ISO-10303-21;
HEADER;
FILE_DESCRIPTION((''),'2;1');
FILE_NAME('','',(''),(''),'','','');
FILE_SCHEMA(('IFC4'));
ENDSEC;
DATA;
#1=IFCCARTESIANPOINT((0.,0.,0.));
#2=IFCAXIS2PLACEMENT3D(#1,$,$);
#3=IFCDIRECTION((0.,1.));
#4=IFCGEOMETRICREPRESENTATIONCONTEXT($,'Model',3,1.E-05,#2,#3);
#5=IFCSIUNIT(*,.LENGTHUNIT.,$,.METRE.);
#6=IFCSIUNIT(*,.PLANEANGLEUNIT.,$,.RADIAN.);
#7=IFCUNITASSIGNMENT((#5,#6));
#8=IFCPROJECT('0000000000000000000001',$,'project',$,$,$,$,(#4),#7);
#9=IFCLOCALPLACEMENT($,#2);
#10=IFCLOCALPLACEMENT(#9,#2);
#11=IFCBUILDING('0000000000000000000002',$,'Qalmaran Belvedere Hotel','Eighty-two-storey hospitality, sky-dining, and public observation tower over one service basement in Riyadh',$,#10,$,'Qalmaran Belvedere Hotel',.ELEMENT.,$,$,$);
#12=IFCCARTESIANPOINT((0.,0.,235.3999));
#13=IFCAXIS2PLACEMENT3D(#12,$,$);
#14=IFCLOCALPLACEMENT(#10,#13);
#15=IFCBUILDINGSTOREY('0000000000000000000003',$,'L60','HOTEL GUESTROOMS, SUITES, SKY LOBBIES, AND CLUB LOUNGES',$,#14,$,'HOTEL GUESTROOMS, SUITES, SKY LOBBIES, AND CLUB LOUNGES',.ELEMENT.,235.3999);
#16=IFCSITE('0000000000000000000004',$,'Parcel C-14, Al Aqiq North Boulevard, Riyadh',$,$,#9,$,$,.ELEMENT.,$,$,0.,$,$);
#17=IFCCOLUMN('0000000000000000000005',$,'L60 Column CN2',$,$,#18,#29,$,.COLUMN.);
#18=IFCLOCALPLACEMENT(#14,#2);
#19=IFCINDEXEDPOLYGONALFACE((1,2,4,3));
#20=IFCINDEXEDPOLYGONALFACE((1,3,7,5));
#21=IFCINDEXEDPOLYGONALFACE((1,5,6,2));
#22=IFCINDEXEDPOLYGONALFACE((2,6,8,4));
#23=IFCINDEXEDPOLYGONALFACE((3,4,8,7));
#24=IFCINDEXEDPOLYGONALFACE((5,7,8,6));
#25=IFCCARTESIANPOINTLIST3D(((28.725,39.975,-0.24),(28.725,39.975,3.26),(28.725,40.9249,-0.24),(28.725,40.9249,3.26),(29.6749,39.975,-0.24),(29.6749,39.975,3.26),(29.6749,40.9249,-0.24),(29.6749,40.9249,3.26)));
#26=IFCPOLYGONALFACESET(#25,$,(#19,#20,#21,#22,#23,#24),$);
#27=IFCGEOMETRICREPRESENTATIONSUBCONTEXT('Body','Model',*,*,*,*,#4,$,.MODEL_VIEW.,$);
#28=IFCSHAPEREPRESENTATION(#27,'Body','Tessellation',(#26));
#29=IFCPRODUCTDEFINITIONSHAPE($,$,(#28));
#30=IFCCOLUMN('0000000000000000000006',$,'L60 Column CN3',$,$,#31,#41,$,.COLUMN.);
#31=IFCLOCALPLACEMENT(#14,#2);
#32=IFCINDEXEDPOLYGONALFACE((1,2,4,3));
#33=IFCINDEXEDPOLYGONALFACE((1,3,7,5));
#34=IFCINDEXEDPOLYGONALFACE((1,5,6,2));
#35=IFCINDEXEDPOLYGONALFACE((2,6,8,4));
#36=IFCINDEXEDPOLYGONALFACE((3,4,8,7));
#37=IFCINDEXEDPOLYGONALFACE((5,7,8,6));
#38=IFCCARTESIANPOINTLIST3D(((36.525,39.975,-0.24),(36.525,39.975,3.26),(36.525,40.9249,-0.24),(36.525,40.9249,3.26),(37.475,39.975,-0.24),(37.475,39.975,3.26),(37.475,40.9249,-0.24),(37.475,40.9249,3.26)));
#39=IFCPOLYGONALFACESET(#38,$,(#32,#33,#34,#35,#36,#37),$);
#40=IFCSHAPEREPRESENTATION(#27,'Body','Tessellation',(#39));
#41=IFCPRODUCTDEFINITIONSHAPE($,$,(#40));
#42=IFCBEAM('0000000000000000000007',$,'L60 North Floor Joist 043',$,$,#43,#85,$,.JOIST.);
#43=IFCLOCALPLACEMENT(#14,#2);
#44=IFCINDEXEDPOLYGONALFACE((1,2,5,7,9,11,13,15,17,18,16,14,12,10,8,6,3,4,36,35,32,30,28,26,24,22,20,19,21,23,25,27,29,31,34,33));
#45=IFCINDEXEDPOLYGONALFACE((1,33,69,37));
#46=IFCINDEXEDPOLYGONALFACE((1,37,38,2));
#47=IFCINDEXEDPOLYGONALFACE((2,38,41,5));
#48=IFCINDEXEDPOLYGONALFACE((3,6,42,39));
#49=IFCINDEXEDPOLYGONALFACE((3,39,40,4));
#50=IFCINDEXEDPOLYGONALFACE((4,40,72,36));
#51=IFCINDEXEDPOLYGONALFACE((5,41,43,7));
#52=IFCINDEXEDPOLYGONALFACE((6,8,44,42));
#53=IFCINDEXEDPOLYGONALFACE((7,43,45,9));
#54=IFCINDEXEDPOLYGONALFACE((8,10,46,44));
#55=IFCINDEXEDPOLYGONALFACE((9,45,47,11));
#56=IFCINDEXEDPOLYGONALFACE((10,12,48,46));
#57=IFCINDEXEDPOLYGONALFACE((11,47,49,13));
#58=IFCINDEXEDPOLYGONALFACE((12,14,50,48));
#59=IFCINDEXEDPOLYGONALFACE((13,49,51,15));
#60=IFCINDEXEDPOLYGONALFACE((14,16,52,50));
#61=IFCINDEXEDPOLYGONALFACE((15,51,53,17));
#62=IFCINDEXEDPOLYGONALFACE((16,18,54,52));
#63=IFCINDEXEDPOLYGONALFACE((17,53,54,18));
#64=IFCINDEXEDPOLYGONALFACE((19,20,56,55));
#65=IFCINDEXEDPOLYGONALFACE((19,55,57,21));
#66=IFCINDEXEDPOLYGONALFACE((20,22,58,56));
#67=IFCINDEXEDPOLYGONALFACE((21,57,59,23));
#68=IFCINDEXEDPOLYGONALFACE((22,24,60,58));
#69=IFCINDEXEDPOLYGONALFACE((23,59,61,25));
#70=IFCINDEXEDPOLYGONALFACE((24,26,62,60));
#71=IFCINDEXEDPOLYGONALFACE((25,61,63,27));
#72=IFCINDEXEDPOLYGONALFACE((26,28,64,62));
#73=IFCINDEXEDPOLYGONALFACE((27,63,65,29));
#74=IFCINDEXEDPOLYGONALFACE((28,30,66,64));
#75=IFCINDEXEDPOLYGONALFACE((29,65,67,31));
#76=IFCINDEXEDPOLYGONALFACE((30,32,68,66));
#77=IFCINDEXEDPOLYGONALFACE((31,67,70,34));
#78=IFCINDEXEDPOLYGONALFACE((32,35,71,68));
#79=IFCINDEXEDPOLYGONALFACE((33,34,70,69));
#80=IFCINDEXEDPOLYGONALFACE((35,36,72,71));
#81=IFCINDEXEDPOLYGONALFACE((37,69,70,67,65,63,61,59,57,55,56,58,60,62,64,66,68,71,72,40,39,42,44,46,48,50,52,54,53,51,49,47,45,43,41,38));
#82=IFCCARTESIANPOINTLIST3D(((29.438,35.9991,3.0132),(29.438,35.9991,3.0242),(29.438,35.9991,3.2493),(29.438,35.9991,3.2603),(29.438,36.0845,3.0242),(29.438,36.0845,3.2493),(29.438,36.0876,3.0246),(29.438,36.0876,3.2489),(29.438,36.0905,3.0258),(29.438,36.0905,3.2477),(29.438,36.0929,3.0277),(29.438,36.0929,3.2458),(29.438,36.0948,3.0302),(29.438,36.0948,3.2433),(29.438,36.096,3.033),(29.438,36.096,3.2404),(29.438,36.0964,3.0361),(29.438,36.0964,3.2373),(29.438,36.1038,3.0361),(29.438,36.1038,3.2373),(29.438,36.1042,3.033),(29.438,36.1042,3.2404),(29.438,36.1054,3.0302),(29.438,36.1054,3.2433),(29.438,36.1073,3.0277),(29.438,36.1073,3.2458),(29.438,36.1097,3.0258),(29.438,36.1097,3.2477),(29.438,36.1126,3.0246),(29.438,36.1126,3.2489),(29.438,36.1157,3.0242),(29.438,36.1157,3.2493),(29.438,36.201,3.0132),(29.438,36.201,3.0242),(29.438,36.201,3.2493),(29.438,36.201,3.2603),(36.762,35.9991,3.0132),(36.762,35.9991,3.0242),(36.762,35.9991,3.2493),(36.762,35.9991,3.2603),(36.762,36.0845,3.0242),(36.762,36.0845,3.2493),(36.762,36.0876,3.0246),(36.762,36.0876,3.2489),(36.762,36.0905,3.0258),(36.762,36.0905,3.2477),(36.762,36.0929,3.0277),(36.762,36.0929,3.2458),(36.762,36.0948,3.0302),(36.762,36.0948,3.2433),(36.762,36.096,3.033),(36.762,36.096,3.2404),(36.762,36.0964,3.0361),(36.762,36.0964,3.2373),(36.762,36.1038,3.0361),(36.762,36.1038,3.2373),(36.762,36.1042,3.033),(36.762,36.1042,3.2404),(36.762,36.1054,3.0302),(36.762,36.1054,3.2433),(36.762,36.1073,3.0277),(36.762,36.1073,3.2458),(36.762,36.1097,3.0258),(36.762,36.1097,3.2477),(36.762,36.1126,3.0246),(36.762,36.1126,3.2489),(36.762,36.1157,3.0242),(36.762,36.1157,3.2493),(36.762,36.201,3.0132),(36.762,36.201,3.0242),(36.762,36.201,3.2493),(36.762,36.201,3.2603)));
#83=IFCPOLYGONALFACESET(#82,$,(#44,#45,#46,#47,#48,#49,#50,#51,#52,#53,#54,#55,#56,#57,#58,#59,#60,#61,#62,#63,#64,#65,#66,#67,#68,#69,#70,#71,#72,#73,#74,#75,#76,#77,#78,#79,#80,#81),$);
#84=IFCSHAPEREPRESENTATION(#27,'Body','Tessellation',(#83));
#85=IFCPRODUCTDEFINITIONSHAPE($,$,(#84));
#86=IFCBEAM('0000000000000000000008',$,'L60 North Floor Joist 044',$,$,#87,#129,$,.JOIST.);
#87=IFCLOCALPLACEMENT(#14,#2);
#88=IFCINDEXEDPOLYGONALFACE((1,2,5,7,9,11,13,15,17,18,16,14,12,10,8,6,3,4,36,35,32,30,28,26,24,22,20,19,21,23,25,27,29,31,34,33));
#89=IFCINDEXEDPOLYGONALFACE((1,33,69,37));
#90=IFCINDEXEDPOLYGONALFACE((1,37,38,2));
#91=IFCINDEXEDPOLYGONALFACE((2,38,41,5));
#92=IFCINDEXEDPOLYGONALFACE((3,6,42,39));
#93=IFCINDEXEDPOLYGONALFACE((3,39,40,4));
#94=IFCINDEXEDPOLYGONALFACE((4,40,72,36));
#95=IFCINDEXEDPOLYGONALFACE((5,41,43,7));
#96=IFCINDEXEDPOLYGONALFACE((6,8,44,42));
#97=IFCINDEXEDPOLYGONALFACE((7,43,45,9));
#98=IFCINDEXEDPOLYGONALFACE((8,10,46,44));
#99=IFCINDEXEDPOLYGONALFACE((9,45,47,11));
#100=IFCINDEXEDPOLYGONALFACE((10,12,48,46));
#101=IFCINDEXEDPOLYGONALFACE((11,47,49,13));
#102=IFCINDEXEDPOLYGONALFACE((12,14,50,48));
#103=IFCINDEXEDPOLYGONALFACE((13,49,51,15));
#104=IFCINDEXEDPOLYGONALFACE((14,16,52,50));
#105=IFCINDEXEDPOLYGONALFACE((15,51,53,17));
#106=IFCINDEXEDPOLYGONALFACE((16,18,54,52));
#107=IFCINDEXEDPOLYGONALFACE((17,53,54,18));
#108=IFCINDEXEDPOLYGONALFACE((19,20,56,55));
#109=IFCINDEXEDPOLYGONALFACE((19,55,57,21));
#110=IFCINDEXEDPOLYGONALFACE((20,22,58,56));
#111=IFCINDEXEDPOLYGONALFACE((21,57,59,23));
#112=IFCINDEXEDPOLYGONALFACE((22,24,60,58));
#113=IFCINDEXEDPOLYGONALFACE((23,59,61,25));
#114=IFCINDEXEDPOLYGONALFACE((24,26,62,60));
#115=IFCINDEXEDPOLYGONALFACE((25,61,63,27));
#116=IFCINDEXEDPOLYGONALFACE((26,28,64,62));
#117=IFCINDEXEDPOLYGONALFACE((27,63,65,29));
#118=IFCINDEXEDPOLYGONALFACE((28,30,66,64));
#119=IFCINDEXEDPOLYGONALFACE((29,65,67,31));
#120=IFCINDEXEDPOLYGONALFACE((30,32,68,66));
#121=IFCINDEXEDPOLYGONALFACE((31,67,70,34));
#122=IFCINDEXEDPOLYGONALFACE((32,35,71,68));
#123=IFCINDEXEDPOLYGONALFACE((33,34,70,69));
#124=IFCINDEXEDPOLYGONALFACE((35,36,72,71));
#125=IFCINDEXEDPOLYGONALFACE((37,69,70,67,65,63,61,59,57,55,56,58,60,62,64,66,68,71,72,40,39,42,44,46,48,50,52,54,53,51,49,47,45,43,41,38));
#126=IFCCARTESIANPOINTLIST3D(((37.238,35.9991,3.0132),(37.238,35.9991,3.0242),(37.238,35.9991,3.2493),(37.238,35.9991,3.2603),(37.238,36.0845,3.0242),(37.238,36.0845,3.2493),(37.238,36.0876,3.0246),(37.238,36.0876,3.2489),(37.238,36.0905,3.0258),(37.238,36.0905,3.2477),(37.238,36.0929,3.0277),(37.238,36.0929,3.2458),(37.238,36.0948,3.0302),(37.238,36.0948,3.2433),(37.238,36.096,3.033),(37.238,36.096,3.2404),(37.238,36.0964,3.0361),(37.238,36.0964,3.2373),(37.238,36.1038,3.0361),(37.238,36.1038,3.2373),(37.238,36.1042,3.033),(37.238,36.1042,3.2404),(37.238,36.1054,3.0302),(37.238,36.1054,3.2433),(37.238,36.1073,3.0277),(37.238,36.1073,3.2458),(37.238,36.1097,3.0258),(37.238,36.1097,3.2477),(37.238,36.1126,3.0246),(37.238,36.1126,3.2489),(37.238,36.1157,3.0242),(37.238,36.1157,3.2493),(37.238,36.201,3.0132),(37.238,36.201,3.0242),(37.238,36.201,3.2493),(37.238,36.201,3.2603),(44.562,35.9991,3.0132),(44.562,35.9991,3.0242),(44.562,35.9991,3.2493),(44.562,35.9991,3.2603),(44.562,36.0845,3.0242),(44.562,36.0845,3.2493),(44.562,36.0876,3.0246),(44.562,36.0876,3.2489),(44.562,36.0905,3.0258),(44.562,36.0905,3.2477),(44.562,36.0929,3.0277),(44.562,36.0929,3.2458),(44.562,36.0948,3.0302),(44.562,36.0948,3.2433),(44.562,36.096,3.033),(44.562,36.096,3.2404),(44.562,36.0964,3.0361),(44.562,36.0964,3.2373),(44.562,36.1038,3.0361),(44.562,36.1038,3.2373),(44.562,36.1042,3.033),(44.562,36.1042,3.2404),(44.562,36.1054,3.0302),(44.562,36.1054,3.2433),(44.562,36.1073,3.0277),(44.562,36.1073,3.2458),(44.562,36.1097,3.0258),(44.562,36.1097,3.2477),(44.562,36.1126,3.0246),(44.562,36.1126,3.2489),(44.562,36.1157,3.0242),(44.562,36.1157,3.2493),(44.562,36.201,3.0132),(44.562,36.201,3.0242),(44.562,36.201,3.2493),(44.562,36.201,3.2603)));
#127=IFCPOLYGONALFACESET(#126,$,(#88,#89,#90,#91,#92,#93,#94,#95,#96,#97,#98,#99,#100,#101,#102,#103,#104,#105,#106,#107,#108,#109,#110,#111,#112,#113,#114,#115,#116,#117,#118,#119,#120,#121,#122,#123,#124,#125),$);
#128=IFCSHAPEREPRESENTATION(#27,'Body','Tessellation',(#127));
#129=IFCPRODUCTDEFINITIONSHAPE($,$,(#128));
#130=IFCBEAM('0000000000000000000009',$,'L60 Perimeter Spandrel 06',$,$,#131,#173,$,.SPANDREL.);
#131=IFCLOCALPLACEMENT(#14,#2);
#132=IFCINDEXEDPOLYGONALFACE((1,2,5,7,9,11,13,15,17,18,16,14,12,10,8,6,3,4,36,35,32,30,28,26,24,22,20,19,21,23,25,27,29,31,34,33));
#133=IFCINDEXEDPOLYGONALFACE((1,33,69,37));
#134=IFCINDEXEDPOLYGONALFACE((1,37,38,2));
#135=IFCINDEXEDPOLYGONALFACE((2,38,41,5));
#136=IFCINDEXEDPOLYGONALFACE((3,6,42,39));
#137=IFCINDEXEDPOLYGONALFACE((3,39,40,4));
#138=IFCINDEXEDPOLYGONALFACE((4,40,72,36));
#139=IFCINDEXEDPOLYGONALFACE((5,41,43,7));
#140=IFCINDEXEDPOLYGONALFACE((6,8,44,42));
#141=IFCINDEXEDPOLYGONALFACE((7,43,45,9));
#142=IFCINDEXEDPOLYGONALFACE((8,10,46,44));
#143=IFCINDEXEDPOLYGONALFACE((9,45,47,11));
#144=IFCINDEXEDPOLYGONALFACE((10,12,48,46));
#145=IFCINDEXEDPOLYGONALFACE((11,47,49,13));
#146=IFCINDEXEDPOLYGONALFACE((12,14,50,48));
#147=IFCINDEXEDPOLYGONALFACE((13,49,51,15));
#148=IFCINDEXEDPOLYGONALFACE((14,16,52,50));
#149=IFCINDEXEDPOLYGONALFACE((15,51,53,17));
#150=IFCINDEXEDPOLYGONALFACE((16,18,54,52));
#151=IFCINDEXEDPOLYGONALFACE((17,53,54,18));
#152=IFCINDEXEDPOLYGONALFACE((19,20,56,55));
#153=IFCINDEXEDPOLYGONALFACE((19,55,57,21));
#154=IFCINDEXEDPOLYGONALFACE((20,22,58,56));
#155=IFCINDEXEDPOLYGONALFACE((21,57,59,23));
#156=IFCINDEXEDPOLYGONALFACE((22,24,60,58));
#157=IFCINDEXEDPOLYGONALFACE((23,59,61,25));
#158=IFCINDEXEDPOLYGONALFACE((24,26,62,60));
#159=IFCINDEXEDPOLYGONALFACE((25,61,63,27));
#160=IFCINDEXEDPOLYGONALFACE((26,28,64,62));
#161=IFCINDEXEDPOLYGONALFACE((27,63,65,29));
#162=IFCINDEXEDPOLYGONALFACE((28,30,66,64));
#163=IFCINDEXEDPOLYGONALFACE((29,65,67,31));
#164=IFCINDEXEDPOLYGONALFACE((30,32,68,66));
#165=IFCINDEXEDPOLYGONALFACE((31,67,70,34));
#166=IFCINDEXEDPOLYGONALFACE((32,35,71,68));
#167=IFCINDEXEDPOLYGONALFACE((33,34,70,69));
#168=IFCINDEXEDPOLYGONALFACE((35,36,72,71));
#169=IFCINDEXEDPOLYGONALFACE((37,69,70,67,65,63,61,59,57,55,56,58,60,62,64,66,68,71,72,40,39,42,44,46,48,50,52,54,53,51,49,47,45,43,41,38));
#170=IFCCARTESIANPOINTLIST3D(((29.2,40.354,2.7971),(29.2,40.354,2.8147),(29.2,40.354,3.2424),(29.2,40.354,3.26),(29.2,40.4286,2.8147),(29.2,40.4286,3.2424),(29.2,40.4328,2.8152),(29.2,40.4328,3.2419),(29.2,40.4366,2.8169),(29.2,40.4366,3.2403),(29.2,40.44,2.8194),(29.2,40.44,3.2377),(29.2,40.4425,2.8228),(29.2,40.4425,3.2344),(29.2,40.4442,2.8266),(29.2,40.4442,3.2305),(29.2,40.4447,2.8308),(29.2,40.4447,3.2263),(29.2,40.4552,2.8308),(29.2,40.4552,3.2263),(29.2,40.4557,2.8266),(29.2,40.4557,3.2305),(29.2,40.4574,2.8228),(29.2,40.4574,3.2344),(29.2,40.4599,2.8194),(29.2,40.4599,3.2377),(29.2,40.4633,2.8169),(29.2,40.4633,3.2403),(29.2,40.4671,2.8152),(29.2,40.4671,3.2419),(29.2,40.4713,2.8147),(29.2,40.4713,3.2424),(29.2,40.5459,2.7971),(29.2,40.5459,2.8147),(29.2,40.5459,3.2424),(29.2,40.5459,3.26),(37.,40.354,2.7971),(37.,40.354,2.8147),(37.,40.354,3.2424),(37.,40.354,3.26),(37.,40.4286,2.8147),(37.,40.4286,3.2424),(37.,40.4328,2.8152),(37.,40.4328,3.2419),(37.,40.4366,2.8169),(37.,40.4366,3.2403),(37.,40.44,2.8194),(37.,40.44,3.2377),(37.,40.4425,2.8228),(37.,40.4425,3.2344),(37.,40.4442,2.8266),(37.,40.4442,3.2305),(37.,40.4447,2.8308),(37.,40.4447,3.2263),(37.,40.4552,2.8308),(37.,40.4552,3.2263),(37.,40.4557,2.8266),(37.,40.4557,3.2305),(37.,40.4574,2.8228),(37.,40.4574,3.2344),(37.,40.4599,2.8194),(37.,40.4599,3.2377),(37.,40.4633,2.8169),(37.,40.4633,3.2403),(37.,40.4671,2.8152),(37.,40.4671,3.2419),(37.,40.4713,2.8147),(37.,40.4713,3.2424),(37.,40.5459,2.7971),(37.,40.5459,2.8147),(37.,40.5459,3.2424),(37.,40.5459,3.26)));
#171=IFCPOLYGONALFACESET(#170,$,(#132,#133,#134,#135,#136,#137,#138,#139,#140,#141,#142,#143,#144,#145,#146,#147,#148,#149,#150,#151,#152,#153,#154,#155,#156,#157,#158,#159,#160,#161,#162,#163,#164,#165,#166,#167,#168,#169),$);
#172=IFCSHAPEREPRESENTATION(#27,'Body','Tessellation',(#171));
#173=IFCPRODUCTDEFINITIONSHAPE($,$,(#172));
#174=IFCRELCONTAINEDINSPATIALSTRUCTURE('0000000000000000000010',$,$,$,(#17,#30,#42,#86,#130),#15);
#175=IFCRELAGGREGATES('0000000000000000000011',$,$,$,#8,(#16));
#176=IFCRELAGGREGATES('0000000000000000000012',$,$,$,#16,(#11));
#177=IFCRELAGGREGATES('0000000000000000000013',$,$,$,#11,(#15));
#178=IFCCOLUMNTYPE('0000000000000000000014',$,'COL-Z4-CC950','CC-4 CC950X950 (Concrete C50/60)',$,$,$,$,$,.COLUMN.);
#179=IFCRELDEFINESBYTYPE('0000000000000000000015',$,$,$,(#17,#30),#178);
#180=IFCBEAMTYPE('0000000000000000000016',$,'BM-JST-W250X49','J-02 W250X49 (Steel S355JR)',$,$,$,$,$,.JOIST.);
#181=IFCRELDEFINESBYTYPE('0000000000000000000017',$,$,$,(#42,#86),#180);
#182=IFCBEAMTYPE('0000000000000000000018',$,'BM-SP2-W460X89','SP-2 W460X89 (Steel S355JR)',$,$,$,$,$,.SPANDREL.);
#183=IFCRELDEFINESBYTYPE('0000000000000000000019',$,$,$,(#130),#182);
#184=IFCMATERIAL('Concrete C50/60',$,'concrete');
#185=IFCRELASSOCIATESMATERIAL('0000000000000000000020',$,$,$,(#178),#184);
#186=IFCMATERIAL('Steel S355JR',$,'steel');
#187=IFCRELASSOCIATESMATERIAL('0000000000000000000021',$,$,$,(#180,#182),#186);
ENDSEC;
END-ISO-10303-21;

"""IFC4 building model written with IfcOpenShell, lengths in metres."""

from ifc_helpers import new_model, si_unit, direction, frame, origin, origin_2d, place, context, subcontext, project, spatial, rectangle, i_section, extrude, material, material_profile, profile_set, type_object, element, save


model = new_model("IFC4")

# Units and contexts
model_context = context("Model", 3, precision=1e-05, world=origin(), true_north=direction((0.0, 1.0)))
body_context = subcontext(model_context, "Body", "Model", "MODEL_VIEW")
ifc_project = project(units=[si_unit("LENGTHUNIT", "METRE"), si_unit("PLANEANGLEUNIT", "RADIAN")], contexts=[model_context])

# Site, building, storey
site_placement = place(None, origin())
site = spatial("IfcSite", under=ifc_project, at=site_placement, Name="Parcel C-14, Al Aqiq North Boulevard, Riyadh", CompositionType="ELEMENT", RefElevation=0.0)
building_placement = place(site_placement, origin())
building = spatial("IfcBuilding", under=site, at=building_placement, Name="Qalmaran Belvedere Hotel", Description="Eighty-two-storey hospitality, sky-dining, and public observation tower over one service basement in Riyadh", LongName="Qalmaran Belvedere Hotel", CompositionType="ELEMENT")
storey_placement = place(building_placement, frame((0.0, 0.0, 235.3999)))
storey = spatial("IfcBuildingStorey", under=building, at=storey_placement, Name="L60", Description="HOTEL GUESTROOMS, SUITES, SKY LOBBIES, AND CLUB LOUNGES", LongName="HOTEL GUESTROOMS, SUITES, SKY LOBBIES, AND CLUB LOUNGES", CompositionType="ELEMENT", Elevation=235.3999)

# Columns
ifc_material_1 = material(Name="Concrete C50/60", Category="concrete")
ifc_material_profile_1 = material_profile(ifc_material_1, rectangle(XDim=0.95, YDim=0.95, at=origin_2d()), Name="CC950X950")
ifc_profile_set_1 = profile_set([ifc_material_profile_1], Name="Concrete C50/60")
column_type = type_object("IfcColumnType", Name="COL-Z4-CC950", Description="CC-4 CC950X950 (Concrete C50/60)", PredefinedType="COLUMN", material=ifc_profile_set_1)
for number, where, z_axis, x_axis, name in (
    (1, (29.2, 40.45, -0.24), (0.0, 0.0, 1.0), (1.0, 0.0, 0.0), "L60 Column CN2"),
    (2, (37.0, 40.45, -0.24), (0.0, 0.0, 1.0), (1.0, 0.0, 0.0), "L60 Column CN3"),
):
    element("IfcColumn", number, at=place(storey_placement, frame(where, z_axis=z_axis, x_axis=x_axis)), inside=storey, type_object=column_type, Name=name, PredefinedType="COLUMN", context=body_context, shape_type="SweptSolid", body=[
        extrude(rectangle(XDim=0.95, YDim=0.95, at=origin_2d()), origin(), (0.0, 0.0, 1.0), 3.5),
    ])

# Beams
ifc_material_2 = material(Name="Steel S355JR", Category="steel")
ifc_material_profile_2 = material_profile(ifc_material_2, i_section(OverallWidth=0.2019, OverallDepth=0.2471, WebThickness=0.0073, FlangeThickness=0.011, FilletRadius=0.012, at=origin_2d()), Name="W250X49")
ifc_profile_set_2 = profile_set([ifc_material_profile_2], Name="Steel S355JR")
beam_type_1 = type_object("IfcBeamType", Name="BM-JST-W250X49", Description="J-02 W250X49 (Steel S355JR)", PredefinedType="JOIST", material=ifc_profile_set_2)
for number, where, z_axis, x_axis, name in (
    (3, (29.438, 36.1001, 3.1367), (1.0, 0.0, 0.0), (0.0, 1.0, 0.0), "L60 North Floor Joist 043"),
    (4, (37.238, 36.1001, 3.1367), (1.0, 0.0, 0.0), (0.0, 1.0, 0.0), "L60 North Floor Joist 044"),
):
    element("IfcBeam", number, at=place(storey_placement, frame(where, z_axis=z_axis, x_axis=x_axis)), inside=storey, type_object=beam_type_1, Name=name, PredefinedType="JOIST", context=body_context, shape_type="SweptSolid", body=[
        extrude(i_section(OverallWidth=0.2019, OverallDepth=0.2471, WebThickness=0.0073, FlangeThickness=0.011, FilletRadius=0.012, at=origin_2d()), origin(), (0.0, 0.0, 1.0), 7.324),
    ])
ifc_material_profile_3 = material_profile(ifc_material_2, i_section(OverallWidth=0.1919, OverallDepth=0.4629, WebThickness=0.0105, FlangeThickness=0.0176, FilletRadius=0.0161, at=origin_2d()), Name="W460X89")
ifc_profile_set_3 = profile_set([ifc_material_profile_3], Name="Steel S355JR")
beam_type_2 = type_object("IfcBeamType", Name="BM-SP2-W460X89", Description="SP-2 W460X89 (Steel S355JR)", PredefinedType="SPANDREL", material=ifc_profile_set_3)
for number, where, z_axis, x_axis, name in (
    (5, (29.2, 40.45, 3.0286), (1.0, 0.0, 0.0), (0.0, 1.0, 0.0), "L60 Perimeter Spandrel 06"),
):
    element("IfcBeam", number, at=place(storey_placement, frame(where, z_axis=z_axis, x_axis=x_axis)), inside=storey, type_object=beam_type_2, Name=name, PredefinedType="SPANDREL", context=body_context, shape_type="SweptSolid", body=[
        extrude(i_section(OverallWidth=0.1919, OverallDepth=0.4629, WebThickness=0.0105, FlangeThickness=0.0176, FilletRadius=0.0161, at=origin_2d()), origin(), (0.0, 0.0, 1.0), 7.8),
    ])

save(model, "model.ifc")
